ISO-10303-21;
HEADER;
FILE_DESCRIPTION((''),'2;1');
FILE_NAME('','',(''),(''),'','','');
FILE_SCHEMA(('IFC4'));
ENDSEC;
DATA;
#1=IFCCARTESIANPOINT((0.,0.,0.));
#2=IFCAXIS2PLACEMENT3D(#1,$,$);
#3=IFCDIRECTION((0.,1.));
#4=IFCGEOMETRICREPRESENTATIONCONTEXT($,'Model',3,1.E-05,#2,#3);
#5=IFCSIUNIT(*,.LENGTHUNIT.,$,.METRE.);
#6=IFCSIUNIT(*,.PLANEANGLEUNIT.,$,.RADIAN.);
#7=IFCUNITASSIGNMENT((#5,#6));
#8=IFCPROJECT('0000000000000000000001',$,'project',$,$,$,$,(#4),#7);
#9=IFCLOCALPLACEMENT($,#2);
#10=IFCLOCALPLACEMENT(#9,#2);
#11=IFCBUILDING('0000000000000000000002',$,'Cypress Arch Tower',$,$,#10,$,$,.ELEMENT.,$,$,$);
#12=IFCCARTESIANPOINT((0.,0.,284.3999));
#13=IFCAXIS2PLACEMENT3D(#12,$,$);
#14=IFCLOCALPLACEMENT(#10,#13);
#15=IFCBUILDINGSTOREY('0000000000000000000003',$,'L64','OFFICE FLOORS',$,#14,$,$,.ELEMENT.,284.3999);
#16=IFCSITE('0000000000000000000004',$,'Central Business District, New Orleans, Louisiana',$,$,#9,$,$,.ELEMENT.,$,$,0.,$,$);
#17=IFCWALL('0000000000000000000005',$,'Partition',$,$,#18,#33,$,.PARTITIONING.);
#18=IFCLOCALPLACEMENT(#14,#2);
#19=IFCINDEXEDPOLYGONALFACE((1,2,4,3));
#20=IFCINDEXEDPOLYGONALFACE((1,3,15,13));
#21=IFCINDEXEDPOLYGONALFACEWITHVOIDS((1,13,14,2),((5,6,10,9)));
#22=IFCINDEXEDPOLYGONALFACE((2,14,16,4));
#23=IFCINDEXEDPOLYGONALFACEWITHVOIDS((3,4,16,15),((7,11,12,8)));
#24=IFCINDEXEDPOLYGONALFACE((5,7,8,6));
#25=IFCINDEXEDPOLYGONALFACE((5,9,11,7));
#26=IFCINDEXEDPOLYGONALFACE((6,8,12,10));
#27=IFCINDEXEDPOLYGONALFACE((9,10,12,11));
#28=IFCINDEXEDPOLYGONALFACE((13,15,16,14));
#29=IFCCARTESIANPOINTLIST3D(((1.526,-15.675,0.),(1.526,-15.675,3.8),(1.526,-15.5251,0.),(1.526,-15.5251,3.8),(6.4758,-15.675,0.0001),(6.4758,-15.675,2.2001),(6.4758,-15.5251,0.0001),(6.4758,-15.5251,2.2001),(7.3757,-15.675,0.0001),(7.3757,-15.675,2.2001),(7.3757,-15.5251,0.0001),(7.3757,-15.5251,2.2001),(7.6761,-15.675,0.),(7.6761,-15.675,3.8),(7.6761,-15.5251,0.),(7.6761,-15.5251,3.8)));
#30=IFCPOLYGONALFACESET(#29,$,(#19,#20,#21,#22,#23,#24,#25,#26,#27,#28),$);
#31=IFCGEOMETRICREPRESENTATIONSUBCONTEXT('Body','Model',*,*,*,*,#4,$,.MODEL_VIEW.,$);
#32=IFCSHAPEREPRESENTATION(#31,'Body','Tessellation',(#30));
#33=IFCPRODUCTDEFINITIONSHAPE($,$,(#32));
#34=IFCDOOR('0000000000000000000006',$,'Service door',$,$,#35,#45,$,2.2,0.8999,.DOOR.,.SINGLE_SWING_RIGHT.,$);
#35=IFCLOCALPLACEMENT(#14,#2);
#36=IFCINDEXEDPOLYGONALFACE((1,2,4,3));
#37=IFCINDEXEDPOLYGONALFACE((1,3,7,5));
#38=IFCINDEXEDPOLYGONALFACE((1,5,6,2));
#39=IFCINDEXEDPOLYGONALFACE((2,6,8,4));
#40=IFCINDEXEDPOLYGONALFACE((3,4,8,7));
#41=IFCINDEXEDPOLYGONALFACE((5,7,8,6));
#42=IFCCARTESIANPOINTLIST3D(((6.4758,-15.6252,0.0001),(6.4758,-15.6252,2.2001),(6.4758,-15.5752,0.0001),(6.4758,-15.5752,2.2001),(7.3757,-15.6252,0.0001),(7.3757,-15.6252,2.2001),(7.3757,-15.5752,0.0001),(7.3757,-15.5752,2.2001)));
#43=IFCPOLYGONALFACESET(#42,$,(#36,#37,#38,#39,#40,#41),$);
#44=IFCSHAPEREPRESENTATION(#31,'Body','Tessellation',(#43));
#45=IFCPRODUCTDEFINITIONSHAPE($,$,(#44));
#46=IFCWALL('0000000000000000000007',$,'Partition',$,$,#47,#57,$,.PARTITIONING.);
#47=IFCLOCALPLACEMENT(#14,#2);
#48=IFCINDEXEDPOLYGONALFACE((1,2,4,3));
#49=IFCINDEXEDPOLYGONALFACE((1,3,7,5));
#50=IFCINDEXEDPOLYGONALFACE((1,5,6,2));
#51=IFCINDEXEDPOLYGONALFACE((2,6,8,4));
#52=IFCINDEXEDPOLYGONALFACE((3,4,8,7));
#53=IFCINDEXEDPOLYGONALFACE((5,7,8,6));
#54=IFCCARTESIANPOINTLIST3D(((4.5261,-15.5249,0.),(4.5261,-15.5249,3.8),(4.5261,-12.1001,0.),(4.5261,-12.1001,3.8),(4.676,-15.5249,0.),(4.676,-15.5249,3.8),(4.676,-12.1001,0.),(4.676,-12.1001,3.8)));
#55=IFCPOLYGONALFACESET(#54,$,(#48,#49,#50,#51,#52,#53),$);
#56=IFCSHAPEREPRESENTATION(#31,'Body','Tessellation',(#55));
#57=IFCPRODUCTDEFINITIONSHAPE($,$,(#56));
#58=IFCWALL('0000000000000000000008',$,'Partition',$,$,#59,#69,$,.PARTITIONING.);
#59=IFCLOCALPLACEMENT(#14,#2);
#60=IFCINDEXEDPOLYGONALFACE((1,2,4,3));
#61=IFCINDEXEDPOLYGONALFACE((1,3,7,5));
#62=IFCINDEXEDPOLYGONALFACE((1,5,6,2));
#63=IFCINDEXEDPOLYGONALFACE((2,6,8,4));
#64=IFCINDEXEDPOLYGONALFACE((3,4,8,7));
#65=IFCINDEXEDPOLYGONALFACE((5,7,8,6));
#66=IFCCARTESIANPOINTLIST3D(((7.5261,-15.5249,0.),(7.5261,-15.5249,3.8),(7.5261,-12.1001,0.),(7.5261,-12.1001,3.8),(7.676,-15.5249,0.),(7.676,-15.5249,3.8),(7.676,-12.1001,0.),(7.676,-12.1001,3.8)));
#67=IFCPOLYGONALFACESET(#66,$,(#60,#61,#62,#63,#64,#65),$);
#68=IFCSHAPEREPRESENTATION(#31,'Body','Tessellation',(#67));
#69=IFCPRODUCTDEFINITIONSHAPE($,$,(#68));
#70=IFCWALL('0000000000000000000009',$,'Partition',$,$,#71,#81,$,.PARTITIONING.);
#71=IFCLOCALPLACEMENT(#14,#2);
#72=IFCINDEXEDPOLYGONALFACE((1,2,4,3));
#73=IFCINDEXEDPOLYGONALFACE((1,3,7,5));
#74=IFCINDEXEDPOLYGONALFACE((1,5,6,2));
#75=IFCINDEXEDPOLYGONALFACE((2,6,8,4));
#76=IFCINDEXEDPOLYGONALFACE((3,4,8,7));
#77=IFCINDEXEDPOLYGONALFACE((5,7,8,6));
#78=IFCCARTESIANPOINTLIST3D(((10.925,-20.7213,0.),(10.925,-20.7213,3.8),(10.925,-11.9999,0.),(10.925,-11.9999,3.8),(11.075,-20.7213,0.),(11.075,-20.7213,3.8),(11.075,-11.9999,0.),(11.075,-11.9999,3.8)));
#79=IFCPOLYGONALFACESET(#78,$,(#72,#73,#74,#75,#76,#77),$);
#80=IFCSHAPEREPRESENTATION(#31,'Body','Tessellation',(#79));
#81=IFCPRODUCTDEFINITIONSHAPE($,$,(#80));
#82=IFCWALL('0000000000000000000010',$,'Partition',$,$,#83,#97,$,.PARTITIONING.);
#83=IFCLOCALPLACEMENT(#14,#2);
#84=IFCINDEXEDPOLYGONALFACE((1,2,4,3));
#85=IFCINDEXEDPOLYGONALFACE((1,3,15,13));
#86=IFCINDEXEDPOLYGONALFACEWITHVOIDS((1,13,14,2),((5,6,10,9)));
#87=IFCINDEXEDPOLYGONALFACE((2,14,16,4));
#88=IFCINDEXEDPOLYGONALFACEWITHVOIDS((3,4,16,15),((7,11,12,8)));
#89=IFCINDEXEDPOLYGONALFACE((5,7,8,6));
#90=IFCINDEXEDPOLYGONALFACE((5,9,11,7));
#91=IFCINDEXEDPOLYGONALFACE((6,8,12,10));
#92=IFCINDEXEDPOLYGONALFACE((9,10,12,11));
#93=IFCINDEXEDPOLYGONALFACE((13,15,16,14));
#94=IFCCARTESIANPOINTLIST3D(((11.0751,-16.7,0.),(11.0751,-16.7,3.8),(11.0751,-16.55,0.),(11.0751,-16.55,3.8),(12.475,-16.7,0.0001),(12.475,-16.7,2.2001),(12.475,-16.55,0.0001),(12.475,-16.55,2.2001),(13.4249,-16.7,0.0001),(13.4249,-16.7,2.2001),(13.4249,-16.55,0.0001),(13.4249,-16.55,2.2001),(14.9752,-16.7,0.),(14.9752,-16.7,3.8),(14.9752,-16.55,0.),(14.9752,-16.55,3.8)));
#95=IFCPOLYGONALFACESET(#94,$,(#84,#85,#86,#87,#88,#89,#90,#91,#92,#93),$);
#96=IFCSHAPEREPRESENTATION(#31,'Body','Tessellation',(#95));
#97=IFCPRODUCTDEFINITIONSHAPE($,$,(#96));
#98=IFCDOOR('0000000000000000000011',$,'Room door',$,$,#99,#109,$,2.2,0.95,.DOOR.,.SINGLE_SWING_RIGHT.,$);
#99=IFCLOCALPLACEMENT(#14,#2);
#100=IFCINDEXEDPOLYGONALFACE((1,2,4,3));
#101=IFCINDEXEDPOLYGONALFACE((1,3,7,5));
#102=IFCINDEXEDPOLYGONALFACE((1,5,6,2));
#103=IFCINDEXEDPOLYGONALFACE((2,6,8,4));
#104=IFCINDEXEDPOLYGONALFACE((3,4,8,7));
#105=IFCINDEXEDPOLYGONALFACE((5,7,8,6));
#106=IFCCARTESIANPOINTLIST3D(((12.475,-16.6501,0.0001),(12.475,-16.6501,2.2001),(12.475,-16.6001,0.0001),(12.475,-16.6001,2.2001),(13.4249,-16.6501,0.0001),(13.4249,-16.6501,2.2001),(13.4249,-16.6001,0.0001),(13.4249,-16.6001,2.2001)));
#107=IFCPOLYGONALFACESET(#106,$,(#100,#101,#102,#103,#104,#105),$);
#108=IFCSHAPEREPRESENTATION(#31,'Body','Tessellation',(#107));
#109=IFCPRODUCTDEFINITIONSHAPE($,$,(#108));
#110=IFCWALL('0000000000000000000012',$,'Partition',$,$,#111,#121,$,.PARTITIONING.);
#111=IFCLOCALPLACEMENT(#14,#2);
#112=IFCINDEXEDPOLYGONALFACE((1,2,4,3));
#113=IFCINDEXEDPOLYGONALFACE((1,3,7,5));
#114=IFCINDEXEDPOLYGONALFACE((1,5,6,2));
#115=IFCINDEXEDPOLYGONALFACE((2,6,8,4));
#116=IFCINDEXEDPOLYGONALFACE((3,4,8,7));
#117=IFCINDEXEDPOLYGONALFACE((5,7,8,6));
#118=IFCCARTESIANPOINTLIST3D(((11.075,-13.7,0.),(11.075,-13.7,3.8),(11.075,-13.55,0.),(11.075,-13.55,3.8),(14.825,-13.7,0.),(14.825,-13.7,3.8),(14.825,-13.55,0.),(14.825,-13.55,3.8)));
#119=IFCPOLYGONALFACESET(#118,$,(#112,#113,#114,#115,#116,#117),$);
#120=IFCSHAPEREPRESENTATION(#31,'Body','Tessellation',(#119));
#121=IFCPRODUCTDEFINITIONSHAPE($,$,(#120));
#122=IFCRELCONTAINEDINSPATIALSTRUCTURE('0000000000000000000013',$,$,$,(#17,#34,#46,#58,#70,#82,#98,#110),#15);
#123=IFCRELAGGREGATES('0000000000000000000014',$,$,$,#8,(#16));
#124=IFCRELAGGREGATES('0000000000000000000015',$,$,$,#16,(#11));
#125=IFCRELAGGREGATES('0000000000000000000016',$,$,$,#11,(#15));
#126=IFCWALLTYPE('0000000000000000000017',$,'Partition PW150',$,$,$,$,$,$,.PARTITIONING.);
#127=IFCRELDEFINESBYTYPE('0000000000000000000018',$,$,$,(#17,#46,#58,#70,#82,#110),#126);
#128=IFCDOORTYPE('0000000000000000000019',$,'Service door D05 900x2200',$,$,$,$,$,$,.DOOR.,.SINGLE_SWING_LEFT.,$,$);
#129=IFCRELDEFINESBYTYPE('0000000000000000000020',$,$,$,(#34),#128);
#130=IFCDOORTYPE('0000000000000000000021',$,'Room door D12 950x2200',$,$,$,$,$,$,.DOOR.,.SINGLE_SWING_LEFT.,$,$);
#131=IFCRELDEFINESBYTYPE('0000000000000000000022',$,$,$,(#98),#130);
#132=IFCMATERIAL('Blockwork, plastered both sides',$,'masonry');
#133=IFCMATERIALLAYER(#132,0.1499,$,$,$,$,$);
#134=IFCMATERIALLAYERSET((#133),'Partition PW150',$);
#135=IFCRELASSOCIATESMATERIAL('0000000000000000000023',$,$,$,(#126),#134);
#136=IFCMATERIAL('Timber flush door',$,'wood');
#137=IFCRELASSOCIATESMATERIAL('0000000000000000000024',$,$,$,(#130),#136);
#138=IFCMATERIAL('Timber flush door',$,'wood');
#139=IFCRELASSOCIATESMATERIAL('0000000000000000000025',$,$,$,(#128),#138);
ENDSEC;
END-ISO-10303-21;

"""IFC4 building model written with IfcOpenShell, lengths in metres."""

from ifc_helpers import new_model, si_unit, direction, frame, frame_2d, origin, place, context, subcontext, project, spatial, rectangle, extrude, material, layer, layer_set, type_object, element, fill, save


model = new_model("IFC4")

# Units and contexts
model_context = context("Model", 3, precision=1e-05, world=origin(), true_north=direction((0.0, 1.0)))
body_context = subcontext(model_context, "Body", "Model", "MODEL_VIEW")
ifc_project = project(units=[si_unit("LENGTHUNIT", "METRE"), si_unit("PLANEANGLEUNIT", "RADIAN")], contexts=[model_context])

# Site, building, storey
site_placement = place(None, origin())
site = spatial("IfcSite", under=ifc_project, at=site_placement, Name="Central Business District, New Orleans, Louisiana", CompositionType="ELEMENT", RefElevation=0.0)
building_placement = place(site_placement, origin())
building = spatial("IfcBuilding", under=site, at=building_placement, Name="Cypress Arch Tower", CompositionType="ELEMENT")
storey_placement = place(building_placement, frame((0.0, 0.0, 284.3999)))
storey = spatial("IfcBuildingStorey", under=building, at=storey_placement, Name="L64", Description="OFFICE FLOORS", CompositionType="ELEMENT", Elevation=284.3999)

# Wall, opening, door
ifc_material_1 = material(Name="Blockwork, plastered both sides", Category="masonry")
ifc_layer_1 = layer(ifc_material_1, 0.1499)
ifc_layer_set_1 = layer_set([ifc_layer_1], Name="Partition PW150")
wall_type_1 = type_object("IfcWallType", Name="Partition PW150", PredefinedType="PARTITIONING", material=ifc_layer_set_1)
ifc_material_2 = material(Name="Timber flush door", Category="wood")
door_type_1 = type_object("IfcDoorType", Name="Room door D12 950x2200", OperationType="SINGLE_SWING_LEFT", PredefinedType="DOOR", material=ifc_material_2)
wall_1_placement = place(storey_placement, frame((1.5259, -15.6001, 0.0), z_axis=(0.0, 0.0, 1.0), x_axis=(1.0, 0.0, 0.0)))
wall_1 = element("IfcWall", 1, at=wall_1_placement, inside=storey, type_object=wall_type_1, Name="Partition", PredefinedType="PARTITIONING", context=body_context, shape_type="SweptSolid", body=[
    extrude(rectangle(XDim=6.1501, YDim=0.1499, at=frame_2d((3.0752, 0.0))), origin(), (0.0, 0.0, 1.0), 3.8),
])
opening_1_placement = place(wall_1_placement, frame((4.95, 0.0, 0.0)))
opening_1 = element("IfcOpeningElement", 2, at=opening_1_placement, cuts=wall_1, PredefinedType="OPENING", context=body_context, shape_type="SweptSolid", body=[
    extrude(rectangle(XDim=0.8999, YDim=2.2, at=frame_2d((0.45, 1.1001))), frame((0.0, 0.085, 0.0), z_axis=(0.0, -1.0, 0.0), x_axis=(1.0, 0.0, 0.0)), (0.0, 0.0, 1.0), 0.1699),
])
ifc_material_3 = material(Name="Timber flush door", Category="wood")
door_type_2 = type_object("IfcDoorType", Name="Service door D05 900x2200", OperationType="SINGLE_SWING_LEFT", PredefinedType="DOOR", material=ifc_material_3)
door_1_placement = place(opening_1_placement, origin())
door_1 = element("IfcDoor", 3, at=door_1_placement, inside=storey, type_object=door_type_2, Name="Service door", OperationType="SINGLE_SWING_RIGHT", OverallHeight=2.2, OverallWidth=0.8999, PredefinedType="DOOR", context=body_context, shape_type="SweptSolid", body=[
    extrude(rectangle(XDim=0.8999, YDim=2.2, at=frame_2d((0.45, 1.1001))), frame((0.0, 0.0249, 0.0), z_axis=(0.0, -1.0, 0.0), x_axis=(1.0, 0.0, 0.0)), (0.0, 0.0, 1.0), 0.05),
])
fill(opening_1, door_1)

# Walls
for number, where, z_axis, x_axis, name in (
    (4, (4.6011, -15.5249, 0.0), (0.0, 0.0, 1.0), (0.0, 1.0, 0.0), "Partition"),
    (5, (7.6011, -15.5249, 0.0), (0.0, 0.0, 1.0), (0.0, 1.0, 0.0), "Partition"),
):
    element("IfcWall", number, at=place(storey_placement, frame(where, z_axis=z_axis, x_axis=x_axis)), inside=storey, type_object=wall_type_1, Name=name, PredefinedType="PARTITIONING", context=body_context, shape_type="SweptSolid", body=[
        extrude(rectangle(XDim=3.4248, YDim=0.1499, at=frame_2d((1.7124, 0.0))), origin(), (0.0, 0.0, 1.0), 3.8),
    ])
wall_2_placement = place(storey_placement, frame((11.0, -20.7214, 0.0), z_axis=(0.0, 0.0, 1.0), x_axis=(0.0, 1.0, 0.0)))
element("IfcWall", 6, at=wall_2_placement, inside=storey, type_object=wall_type_1, Name="Partition", PredefinedType="PARTITIONING", context=body_context, shape_type="SweptSolid", body=[
    extrude(rectangle(XDim=8.7214, YDim=0.1499, at=frame_2d((4.3608, 0.0))), origin(), (0.0, 0.0, 1.0), 3.8),
])

# Wall, opening, door
wall_3_placement = place(storey_placement, frame((11.075, -16.625, 0.0), z_axis=(0.0, 0.0, 1.0), x_axis=(1.0, 0.0, 0.0)))
wall_3 = element("IfcWall", 7, at=wall_3_placement, inside=storey, type_object=wall_type_1, Name="Partition", PredefinedType="PARTITIONING", context=body_context, shape_type="SweptSolid", body=[
    extrude(rectangle(XDim=3.9001, YDim=0.1499, at=frame_2d((1.9502, 0.0))), origin(), (0.0, 0.0, 1.0), 3.8),
])
opening_2_placement = place(wall_3_placement, frame((1.3999, 0.0, 0.0)))
opening_2 = element("IfcOpeningElement", 8, at=opening_2_placement, cuts=wall_3, PredefinedType="OPENING", context=body_context, shape_type="SweptSolid", body=[
    extrude(rectangle(XDim=0.95, YDim=2.2, at=frame_2d((0.4751, 1.1001))), frame((0.0, 0.085, 0.0), z_axis=(0.0, -1.0, 0.0), x_axis=(1.0, 0.0, 0.0)), (0.0, 0.0, 1.0), 0.1699),
])
door_2_placement = place(opening_2_placement, origin())
door_2 = element("IfcDoor", 9, at=door_2_placement, inside=storey, type_object=door_type_1, Name="Room door", OperationType="SINGLE_SWING_RIGHT", OverallHeight=2.2, OverallWidth=0.95, PredefinedType="DOOR", context=body_context, shape_type="SweptSolid", body=[
    extrude(rectangle(XDim=0.95, YDim=2.2, at=frame_2d((0.4751, 1.1001))), frame((0.0, 0.0249, 0.0), z_axis=(0.0, -1.0, 0.0), x_axis=(1.0, 0.0, 0.0)), (0.0, 0.0, 1.0), 0.05),
])
fill(opening_2, door_2)

# Wall
wall_4_placement = place(storey_placement, frame((11.075, -13.625, 0.0), z_axis=(0.0, 0.0, 1.0), x_axis=(1.0, 0.0, 0.0)))
element("IfcWall", 10, at=wall_4_placement, inside=storey, type_object=wall_type_1, Name="Partition", PredefinedType="PARTITIONING", context=body_context, shape_type="SweptSolid", body=[
    extrude(rectangle(XDim=3.75, YDim=0.1499, at=frame_2d((1.875, 0.0))), origin(), (0.0, 0.0, 1.0), 3.8),
])

save(model, "model.ifc")
